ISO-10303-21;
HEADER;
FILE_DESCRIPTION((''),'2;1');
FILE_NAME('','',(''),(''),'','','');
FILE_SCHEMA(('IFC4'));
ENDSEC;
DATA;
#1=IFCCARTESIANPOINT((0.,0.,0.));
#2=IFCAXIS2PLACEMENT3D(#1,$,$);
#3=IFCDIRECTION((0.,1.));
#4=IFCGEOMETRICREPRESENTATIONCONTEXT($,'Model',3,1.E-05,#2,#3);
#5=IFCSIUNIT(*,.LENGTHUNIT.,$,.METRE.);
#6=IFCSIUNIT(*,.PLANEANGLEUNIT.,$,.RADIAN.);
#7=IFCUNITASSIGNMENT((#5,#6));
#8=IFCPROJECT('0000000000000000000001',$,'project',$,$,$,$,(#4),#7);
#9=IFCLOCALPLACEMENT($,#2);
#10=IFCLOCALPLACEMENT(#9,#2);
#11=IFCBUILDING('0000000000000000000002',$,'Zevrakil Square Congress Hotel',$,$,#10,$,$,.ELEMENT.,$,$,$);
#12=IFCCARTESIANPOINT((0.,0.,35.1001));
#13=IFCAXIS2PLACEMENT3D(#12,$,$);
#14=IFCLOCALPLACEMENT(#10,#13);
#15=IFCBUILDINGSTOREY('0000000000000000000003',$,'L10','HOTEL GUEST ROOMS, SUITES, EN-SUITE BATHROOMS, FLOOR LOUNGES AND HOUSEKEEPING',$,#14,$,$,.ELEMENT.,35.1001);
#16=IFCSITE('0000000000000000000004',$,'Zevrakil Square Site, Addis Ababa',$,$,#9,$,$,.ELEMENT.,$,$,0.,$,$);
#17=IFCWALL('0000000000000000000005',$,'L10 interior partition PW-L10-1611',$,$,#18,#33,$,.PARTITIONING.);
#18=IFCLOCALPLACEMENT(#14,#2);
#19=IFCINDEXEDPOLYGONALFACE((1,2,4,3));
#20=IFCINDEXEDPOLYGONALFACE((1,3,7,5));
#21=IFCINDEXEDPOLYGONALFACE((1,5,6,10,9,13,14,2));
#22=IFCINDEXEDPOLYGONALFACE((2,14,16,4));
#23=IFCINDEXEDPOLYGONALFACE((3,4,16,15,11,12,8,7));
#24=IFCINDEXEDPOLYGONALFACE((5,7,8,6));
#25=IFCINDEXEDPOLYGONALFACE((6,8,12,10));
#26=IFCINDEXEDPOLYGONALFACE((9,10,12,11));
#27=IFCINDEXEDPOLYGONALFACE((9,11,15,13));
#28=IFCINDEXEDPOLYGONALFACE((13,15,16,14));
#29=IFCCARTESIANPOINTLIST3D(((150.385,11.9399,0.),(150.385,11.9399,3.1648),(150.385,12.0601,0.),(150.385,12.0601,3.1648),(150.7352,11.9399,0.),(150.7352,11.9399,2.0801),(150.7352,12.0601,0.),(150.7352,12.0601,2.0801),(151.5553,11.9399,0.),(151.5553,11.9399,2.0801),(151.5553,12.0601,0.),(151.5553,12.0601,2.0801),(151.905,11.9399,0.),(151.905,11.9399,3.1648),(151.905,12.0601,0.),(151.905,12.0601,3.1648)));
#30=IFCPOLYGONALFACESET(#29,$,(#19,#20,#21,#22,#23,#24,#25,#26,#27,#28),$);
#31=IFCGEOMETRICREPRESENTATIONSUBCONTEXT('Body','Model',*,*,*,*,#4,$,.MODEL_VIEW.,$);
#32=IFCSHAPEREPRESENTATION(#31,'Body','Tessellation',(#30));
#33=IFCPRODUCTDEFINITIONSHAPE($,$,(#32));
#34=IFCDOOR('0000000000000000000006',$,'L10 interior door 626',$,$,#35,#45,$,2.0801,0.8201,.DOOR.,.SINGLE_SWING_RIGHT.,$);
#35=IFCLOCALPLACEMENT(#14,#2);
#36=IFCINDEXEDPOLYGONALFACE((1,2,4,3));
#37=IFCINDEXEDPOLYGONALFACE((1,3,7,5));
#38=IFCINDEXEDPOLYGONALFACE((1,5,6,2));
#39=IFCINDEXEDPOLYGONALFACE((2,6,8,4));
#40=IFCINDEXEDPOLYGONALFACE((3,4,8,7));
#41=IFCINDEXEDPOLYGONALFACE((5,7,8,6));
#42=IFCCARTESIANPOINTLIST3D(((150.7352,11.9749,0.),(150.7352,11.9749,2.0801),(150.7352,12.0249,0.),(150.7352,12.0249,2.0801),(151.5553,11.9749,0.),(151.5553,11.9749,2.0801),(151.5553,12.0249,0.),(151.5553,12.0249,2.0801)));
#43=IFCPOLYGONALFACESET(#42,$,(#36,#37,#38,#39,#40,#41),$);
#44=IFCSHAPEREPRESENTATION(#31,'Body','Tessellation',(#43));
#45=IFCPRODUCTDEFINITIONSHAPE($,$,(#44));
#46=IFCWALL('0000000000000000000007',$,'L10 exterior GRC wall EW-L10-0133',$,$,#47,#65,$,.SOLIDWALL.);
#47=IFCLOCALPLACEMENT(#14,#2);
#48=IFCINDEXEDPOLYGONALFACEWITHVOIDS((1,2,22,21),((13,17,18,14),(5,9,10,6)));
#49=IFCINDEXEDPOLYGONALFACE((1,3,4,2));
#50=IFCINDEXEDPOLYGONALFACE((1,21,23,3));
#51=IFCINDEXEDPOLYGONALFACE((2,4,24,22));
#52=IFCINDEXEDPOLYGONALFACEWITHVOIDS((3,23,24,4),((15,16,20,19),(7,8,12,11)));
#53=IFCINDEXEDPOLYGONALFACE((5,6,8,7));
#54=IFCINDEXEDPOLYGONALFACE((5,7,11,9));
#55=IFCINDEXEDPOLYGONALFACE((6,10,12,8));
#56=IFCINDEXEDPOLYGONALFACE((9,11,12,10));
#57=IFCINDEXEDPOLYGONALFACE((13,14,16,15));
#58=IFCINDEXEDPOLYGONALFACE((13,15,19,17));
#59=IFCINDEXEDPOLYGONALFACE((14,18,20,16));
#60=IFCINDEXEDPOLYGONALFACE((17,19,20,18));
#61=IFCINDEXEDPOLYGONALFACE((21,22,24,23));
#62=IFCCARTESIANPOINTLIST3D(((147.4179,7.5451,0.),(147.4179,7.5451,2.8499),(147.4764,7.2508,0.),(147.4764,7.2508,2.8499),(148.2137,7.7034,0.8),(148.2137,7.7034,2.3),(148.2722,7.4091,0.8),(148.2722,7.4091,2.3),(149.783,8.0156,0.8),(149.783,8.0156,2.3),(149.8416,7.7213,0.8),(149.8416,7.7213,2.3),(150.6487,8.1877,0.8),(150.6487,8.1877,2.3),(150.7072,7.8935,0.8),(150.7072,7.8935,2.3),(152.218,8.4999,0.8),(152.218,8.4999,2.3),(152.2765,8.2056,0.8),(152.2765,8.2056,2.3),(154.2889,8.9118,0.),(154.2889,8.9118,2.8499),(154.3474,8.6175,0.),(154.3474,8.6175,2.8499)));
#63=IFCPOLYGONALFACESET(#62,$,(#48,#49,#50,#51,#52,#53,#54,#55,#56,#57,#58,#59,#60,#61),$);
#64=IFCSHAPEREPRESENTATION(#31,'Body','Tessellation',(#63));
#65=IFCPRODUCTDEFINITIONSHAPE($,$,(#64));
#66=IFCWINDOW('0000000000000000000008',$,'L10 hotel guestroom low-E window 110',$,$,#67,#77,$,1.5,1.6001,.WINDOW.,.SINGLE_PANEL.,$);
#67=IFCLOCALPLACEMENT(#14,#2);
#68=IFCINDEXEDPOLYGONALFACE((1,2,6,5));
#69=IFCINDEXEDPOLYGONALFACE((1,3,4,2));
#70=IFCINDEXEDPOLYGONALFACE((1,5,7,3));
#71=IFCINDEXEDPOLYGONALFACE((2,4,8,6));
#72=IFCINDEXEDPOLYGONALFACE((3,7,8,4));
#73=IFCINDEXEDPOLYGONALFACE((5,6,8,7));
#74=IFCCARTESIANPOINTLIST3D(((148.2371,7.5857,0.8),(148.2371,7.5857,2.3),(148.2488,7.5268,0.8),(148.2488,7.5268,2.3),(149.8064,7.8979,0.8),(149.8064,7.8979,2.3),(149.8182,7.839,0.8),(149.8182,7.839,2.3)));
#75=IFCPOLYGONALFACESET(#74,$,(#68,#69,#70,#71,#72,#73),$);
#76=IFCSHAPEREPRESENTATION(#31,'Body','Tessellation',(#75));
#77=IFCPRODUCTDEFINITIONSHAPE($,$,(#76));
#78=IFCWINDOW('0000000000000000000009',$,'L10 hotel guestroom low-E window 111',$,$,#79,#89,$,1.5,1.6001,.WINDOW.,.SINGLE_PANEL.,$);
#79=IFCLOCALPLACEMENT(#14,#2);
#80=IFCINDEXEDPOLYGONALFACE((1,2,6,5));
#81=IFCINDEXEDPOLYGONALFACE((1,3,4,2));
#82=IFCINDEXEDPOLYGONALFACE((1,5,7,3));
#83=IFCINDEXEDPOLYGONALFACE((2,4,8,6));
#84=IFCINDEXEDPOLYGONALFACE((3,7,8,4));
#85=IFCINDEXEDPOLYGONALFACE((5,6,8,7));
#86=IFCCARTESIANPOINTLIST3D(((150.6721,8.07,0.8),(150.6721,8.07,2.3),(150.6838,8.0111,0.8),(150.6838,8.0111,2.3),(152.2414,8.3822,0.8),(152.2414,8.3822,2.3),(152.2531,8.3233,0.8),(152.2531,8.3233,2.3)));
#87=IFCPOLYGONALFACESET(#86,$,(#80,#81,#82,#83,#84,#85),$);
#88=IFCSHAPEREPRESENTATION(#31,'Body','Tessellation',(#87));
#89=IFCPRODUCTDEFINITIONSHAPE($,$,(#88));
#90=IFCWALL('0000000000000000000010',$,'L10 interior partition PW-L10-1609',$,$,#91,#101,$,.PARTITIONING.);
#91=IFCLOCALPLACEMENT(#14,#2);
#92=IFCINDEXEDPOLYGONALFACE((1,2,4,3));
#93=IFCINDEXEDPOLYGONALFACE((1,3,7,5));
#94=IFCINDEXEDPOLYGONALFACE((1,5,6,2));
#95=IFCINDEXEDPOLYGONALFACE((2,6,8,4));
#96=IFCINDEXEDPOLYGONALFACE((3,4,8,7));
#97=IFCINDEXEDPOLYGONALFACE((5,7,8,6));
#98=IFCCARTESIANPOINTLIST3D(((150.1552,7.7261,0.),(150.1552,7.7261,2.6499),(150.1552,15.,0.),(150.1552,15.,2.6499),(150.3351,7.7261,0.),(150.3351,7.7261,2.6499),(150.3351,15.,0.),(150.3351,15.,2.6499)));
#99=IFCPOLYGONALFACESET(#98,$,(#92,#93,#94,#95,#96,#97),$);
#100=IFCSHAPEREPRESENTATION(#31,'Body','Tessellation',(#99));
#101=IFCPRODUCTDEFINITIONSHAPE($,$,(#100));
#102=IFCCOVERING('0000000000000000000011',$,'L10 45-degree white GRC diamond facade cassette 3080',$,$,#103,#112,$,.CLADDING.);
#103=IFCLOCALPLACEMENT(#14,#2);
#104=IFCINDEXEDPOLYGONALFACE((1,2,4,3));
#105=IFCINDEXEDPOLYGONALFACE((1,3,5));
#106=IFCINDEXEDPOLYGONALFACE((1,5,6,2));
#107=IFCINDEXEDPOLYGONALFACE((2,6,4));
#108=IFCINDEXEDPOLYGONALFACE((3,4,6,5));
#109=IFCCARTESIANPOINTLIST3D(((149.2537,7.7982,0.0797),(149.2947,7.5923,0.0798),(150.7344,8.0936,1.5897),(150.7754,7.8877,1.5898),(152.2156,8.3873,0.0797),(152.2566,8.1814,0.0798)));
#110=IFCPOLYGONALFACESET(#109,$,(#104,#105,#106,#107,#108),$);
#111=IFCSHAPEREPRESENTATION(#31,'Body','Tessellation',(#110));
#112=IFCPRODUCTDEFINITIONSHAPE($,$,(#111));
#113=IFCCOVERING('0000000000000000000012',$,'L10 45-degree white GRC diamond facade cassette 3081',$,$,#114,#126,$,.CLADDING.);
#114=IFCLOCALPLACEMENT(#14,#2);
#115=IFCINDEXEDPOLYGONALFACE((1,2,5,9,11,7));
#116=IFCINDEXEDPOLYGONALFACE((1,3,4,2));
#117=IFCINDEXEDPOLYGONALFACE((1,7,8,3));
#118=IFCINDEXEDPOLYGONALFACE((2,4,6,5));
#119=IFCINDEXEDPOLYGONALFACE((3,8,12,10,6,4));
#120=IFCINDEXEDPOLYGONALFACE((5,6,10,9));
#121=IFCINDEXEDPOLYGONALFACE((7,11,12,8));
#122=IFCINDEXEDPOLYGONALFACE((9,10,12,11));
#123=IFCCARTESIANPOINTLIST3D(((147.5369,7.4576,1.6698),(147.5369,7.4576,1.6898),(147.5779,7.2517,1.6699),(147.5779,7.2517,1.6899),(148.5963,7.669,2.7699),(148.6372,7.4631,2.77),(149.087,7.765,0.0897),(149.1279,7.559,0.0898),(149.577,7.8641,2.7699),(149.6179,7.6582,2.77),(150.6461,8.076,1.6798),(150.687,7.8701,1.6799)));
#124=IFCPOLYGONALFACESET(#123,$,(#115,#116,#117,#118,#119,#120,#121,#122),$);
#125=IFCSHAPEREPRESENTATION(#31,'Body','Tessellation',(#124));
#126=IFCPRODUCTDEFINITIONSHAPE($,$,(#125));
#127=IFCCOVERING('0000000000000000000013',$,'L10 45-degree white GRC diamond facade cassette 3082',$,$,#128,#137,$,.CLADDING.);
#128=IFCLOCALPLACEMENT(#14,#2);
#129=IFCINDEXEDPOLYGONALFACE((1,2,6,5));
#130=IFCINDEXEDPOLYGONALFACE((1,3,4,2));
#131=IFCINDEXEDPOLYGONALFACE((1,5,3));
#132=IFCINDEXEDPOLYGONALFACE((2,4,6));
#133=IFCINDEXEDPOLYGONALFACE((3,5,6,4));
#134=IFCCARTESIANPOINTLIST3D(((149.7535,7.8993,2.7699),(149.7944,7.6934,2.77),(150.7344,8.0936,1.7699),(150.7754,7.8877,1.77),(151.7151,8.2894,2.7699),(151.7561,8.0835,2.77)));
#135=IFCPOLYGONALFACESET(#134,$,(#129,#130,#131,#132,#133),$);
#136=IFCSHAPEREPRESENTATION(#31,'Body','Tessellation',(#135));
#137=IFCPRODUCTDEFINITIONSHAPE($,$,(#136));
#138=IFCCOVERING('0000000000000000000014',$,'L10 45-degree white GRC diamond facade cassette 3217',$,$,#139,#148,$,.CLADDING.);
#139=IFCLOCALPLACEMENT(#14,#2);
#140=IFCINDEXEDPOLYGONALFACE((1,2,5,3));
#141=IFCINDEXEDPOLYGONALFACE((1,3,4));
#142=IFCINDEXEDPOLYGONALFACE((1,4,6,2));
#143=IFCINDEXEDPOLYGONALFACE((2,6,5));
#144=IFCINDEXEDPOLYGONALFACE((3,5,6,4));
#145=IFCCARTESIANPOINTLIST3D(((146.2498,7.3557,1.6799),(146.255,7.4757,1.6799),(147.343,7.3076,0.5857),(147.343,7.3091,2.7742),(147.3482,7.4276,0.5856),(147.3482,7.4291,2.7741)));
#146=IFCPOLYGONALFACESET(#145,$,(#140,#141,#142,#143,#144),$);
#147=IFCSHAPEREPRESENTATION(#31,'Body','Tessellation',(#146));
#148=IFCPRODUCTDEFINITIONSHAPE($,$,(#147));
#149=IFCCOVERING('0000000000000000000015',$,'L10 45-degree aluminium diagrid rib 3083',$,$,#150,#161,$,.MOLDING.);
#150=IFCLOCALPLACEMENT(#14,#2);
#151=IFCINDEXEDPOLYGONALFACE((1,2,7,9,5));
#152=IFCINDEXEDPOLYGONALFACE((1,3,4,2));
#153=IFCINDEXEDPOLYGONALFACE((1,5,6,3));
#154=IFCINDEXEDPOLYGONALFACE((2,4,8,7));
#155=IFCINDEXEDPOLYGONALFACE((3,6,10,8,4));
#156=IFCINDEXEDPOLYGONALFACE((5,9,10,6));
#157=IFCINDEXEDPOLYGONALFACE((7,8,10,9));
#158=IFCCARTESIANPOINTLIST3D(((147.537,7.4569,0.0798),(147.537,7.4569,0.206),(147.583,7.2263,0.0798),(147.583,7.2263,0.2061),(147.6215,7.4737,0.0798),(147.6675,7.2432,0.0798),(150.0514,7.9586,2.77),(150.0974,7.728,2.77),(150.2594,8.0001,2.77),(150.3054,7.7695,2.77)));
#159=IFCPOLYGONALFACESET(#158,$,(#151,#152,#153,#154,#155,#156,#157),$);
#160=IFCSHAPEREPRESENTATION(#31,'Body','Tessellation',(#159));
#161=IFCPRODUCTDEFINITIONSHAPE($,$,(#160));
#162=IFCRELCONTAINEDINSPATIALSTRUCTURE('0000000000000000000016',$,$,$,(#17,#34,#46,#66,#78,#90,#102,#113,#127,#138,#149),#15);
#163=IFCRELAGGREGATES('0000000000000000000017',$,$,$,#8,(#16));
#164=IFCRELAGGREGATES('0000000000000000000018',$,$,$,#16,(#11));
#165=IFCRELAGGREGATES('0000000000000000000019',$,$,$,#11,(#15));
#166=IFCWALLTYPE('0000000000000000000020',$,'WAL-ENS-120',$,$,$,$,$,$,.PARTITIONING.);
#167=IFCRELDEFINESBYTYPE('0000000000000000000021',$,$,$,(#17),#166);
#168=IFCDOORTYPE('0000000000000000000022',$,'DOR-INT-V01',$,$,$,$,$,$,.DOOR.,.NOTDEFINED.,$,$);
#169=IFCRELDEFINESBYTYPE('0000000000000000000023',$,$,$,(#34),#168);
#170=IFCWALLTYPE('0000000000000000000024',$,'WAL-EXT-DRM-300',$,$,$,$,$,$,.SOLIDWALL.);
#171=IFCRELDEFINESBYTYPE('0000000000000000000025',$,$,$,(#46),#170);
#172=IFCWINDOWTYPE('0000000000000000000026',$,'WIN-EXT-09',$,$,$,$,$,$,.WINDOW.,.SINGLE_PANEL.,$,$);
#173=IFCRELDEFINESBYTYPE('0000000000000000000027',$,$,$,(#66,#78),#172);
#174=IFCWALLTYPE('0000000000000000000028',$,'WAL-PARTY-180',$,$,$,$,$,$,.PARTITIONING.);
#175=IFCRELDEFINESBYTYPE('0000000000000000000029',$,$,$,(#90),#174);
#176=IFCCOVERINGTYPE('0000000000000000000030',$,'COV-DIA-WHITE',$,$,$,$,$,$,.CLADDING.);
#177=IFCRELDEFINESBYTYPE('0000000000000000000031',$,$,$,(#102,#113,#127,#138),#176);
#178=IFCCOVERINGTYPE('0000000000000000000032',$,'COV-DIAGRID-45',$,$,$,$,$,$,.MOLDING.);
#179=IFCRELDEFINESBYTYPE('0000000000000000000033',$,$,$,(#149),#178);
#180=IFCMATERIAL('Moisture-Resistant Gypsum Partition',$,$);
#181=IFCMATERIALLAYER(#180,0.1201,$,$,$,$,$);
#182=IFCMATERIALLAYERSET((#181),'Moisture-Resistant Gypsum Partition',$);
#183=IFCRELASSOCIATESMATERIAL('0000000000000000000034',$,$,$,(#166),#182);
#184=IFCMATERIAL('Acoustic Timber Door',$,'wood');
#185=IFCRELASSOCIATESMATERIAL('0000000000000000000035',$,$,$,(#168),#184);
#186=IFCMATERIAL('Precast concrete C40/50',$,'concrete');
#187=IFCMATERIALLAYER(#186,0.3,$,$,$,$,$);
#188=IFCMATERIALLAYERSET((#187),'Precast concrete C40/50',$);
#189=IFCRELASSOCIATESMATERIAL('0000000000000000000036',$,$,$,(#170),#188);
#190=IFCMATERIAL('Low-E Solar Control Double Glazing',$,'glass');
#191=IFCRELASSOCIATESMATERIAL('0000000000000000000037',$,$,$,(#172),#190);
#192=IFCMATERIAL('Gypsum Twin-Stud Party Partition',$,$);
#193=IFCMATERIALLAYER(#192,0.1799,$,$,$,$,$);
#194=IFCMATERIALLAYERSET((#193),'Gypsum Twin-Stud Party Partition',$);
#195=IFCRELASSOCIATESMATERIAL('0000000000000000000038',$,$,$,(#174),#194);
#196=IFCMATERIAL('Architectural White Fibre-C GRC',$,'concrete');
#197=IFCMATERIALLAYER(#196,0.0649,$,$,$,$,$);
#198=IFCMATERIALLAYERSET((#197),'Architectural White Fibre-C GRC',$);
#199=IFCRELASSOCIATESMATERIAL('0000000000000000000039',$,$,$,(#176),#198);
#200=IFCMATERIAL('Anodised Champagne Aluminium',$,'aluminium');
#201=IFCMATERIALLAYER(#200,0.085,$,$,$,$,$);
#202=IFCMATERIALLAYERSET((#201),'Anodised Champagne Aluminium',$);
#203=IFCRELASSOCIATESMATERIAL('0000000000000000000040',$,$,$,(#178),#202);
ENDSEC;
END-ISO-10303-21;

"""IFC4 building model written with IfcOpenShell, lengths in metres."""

from ifc_helpers import new_model, si_unit, direction, frame, frame_2d, origin, place, context, subcontext, project, spatial, polyline, rectangle, outline, extrude, material, layer, layer_set, type_object, element, fill, save


model = new_model("IFC4")

# Units and contexts
model_context = context("Model", 3, precision=1e-05, world=origin(), true_north=direction((0.0, 1.0)))
body_context = subcontext(model_context, "Body", "Model", "MODEL_VIEW")
ifc_project = project(units=[si_unit("LENGTHUNIT", "METRE"), si_unit("PLANEANGLEUNIT", "RADIAN")], contexts=[model_context])

# Site, building, storey
site_placement = place(None, origin())
site = spatial("IfcSite", under=ifc_project, at=site_placement, Name="Zevrakil Square Site, Addis Ababa", CompositionType="ELEMENT", RefElevation=0.0)
building_placement = place(site_placement, origin())
building = spatial("IfcBuilding", under=site, at=building_placement, Name="Zevrakil Square Congress Hotel", CompositionType="ELEMENT")
storey_placement = place(building_placement, frame((0.0, 0.0, 35.1001)))
storey = spatial("IfcBuildingStorey", under=building, at=storey_placement, Name="L10", Description="HOTEL GUEST ROOMS, SUITES, EN-SUITE BATHROOMS, FLOOR LOUNGES AND HOUSEKEEPING", CompositionType="ELEMENT", Elevation=35.1001)

# Shared definitions
ifc_material_1 = material(Name="Moisture-Resistant Gypsum Partition")
ifc_layer_1 = layer(ifc_material_1, 0.1201)
ifc_layer_set_1 = layer_set([ifc_layer_1], Name="Moisture-Resistant Gypsum Partition")
wall_type_1 = type_object("IfcWallType", Name="WAL-ENS-120", PredefinedType="PARTITIONING", material=ifc_layer_set_1)
ifc_material_2 = material(Name="Acoustic Timber Door", Category="wood")
door_type = type_object("IfcDoorType", Name="DOR-INT-V01", OperationType="NOTDEFINED", PredefinedType="DOOR", material=ifc_material_2)

# Wall, opening, door
wall_1_placement = place(storey_placement, frame((150.385, 12.0, 0.0), z_axis=(0.0, 0.0, 1.0), x_axis=(1.0, 0.0, 0.0)))
wall_1 = element("IfcWall", 1, at=wall_1_placement, inside=storey, type_object=wall_type_1, Name="L10 interior partition PW-L10-1611", PredefinedType="PARTITIONING", context=body_context, shape_type="SweptSolid", body=[
    extrude(rectangle(XDim=1.52, YDim=0.1201, at=frame_2d((0.76, 0.0))), origin(), (0.0, 0.0, 1.0), 3.1648),
])
opening_1_placement = place(wall_1_placement, frame((0.3501, 0.0, 0.0)))
opening_1 = element("IfcOpeningElement", 2, at=opening_1_placement, cuts=wall_1, PredefinedType="OPENING", context=body_context, shape_type="SweptSolid", body=[
    extrude(rectangle(XDim=0.8201, YDim=2.0801, at=frame_2d((0.4102, 1.04))), frame((0.0, 0.0701, 0.0), z_axis=(0.0, -1.0, 0.0), x_axis=(1.0, 0.0, 0.0)), (0.0, 0.0, 1.0), 0.1401),
])
door_1_placement = place(opening_1_placement, origin())
door_1 = element("IfcDoor", 3, at=door_1_placement, inside=storey, type_object=door_type, Name="L10 interior door 626", OperationType="SINGLE_SWING_RIGHT", OverallHeight=2.0801, OverallWidth=0.8201, PredefinedType="DOOR", context=body_context, shape_type="SweptSolid", body=[
    extrude(rectangle(XDim=0.8201, YDim=2.0801, at=frame_2d((0.4102, 1.04))), frame((0.0, 0.0249, 0.0), z_axis=(0.0, -1.0, 0.0), x_axis=(1.0, 0.0, 0.0)), (0.0, 0.0, 1.0), 0.05),
])
fill(opening_1, door_1)

# Wall, openings, windows
ifc_material_3 = material(Name="Precast concrete C40/50", Category="concrete")
ifc_layer_2 = layer(ifc_material_3, 0.3)
ifc_layer_set_2 = layer_set([ifc_layer_2], Name="Precast concrete C40/50")
wall_type_2 = type_object("IfcWallType", Name="WAL-EXT-DRM-300", PredefinedType="SOLIDWALL", material=ifc_layer_set_2)
wall_2_placement = place(storey_placement, frame((147.447, 7.3979, 0.0), z_axis=(0.0, 0.0, 1.0), x_axis=(0.980787, 0.195084, 0.0)))
wall_2 = element("IfcWall", 4, at=wall_2_placement, inside=storey, type_object=wall_type_2, Name="L10 exterior GRC wall EW-L10-0133", PredefinedType="SOLIDWALL", context=body_context, shape_type="SweptSolid", body=[
    extrude(rectangle(XDim=7.0056, YDim=0.3, at=frame_2d((3.5029, 0.0))), origin(), (0.0, 0.0, 1.0), 2.8499),
])
opening_2_placement = place(wall_2_placement, frame((0.8115, 0.0, 0.8)))
opening_2 = element("IfcOpeningElement", 5, at=opening_2_placement, cuts=wall_2, PredefinedType="OPENING", context=body_context, shape_type="SweptSolid", body=[
    extrude(rectangle(XDim=1.6001, YDim=1.5, at=frame_2d((0.8, 0.75))), frame((0.0, 0.1602, 0.0), z_axis=(0.0, -1.0, 0.0), x_axis=(1.0, 0.0, 0.0)), (0.0, 0.0, 1.0), 0.3201),
])
opening_3_placement = place(wall_2_placement, frame((3.2942, 0.0, 0.8)))
opening_3 = element("IfcOpeningElement", 6, at=opening_3_placement, cuts=wall_2, PredefinedType="OPENING", context=body_context, shape_type="SweptSolid", body=[
    extrude(rectangle(XDim=1.6001, YDim=1.5, at=frame_2d((0.8, 0.75))), frame((0.0, 0.1602, 0.0), z_axis=(0.0, -1.0, 0.0), x_axis=(1.0, 0.0, 0.0)), (0.0, 0.0, 1.0), 0.3201),
])
ifc_material_4 = material(Name="Low-E Solar Control Double Glazing", Category="glass")
window_type = type_object("IfcWindowType", Name="WIN-EXT-09", PartitioningType="SINGLE_PANEL", PredefinedType="WINDOW", material=ifc_material_4)
window_1_placement = place(opening_2_placement, origin())
window_1 = element("IfcWindow", 7, at=window_1_placement, inside=storey, type_object=window_type, Name="L10 hotel guestroom low-E window 110", OverallHeight=1.5, OverallWidth=1.6001, PartitioningType="SINGLE_PANEL", PredefinedType="WINDOW", context=body_context, shape_type="SweptSolid", body=[
    extrude(rectangle(XDim=1.6001, YDim=1.5, at=frame_2d((0.8, 0.75))), frame((0.0, 0.03, 0.0), z_axis=(0.0, -1.0, 0.0), x_axis=(1.0, 0.0, 0.0)), (0.0, 0.0, 1.0), 0.0601),
])
fill(opening_2, window_1)
window_2_placement = place(opening_3_placement, origin())
window_2 = element("IfcWindow", 8, at=window_2_placement, inside=storey, type_object=window_type, Name="L10 hotel guestroom low-E window 111", OverallHeight=1.5, OverallWidth=1.6001, PartitioningType="SINGLE_PANEL", PredefinedType="WINDOW", context=body_context, shape_type="SweptSolid", body=[
    extrude(rectangle(XDim=1.6001, YDim=1.5, at=frame_2d((0.8, 0.75))), frame((0.0, 0.03, 0.0), z_axis=(0.0, -1.0, 0.0), x_axis=(1.0, 0.0, 0.0)), (0.0, 0.0, 1.0), 0.0601),
])
fill(opening_3, window_2)

# Wall
ifc_material_5 = material(Name="Gypsum Twin-Stud Party Partition")
ifc_layer_3 = layer(ifc_material_5, 0.1799)
ifc_layer_set_3 = layer_set([ifc_layer_3], Name="Gypsum Twin-Stud Party Partition")
wall_type_3 = type_object("IfcWallType", Name="WAL-PARTY-180", PredefinedType="PARTITIONING", material=ifc_layer_set_3)
wall_3_placement = place(storey_placement, frame((150.2451, 7.7261, 0.0), z_axis=(0.0, 0.0, 1.0), x_axis=(0.0, 1.0, 0.0)))
element("IfcWall", 9, at=wall_3_placement, inside=storey, type_object=wall_type_3, Name="L10 interior partition PW-L10-1609", PredefinedType="PARTITIONING", context=body_context, shape_type="SweptSolid", body=[
    extrude(rectangle(XDim=7.2739, YDim=0.1799, at=frame_2d((3.637, 0.0))), origin(), (0.0, 0.0, 1.0), 2.6499),
])

# Coverings
ifc_material_6 = material(Name="Architectural White Fibre-C GRC", Category="concrete")
ifc_layer_4 = layer(ifc_material_6, 0.0649)
ifc_layer_set_4 = layer_set([ifc_layer_4], Name="Architectural White Fibre-C GRC")
covering_type_1 = type_object("IfcCoveringType", Name="COV-DIA-WHITE", PredefinedType="CLADDING", material=ifc_layer_set_4)
covering_1_placement = place(storey_placement, frame((150.7754, 7.8877, 1.5898), z_axis=(0.195074, -0.980788, 0.000587), x_axis=(0.69361, 0.137533, -0.7071)))
element("IfcCovering", 10, at=covering_1_placement, inside=storey, type_object=covering_type_1, Name="L10 45-degree white GRC diamond facade cassette 3080", PredefinedType="CLADDING", context=body_context, shape_type="SweptSolid", body=[
    extrude(outline(polyline([(0.0, 0.0), (2.1355, 0.0), (0.0001, -2.1354), (0.0, 0.0)])), origin(), (0.0, 0.0, -1.0), 0.21),
])
covering_2_placement = place(storey_placement, frame((150.687, 7.8701, 1.6799), z_axis=(0.195079, -0.980787, 0.000611), x_axis=(-0.693375, -0.138354, -0.70717)))
element("IfcCovering", 11, at=covering_2_placement, inside=storey, type_object=covering_type_1, Name="L10 45-degree white GRC diamond facade cassette 3081", PredefinedType="CLADDING", context=body_context, shape_type="SweptSolid", body=[
    extrude(outline(polyline([(0.0, 0.0), (2.2485, 0.0), (2.2484, -2.2347), (2.2343, -2.2488), (0.7067, -2.2486), (-0.0003, -1.5415), (0.0, 0.0)])), origin(), (0.0, 0.0, -1.0), 0.21),
])
covering_3_placement = place(storey_placement, frame((150.7754, 7.8877, 1.77), z_axis=(0.19506, -0.980791, 0.000742), x_axis=(-0.693634, -0.137415, 0.707099)))
element("IfcCovering", 12, at=covering_3_placement, inside=storey, type_object=covering_type_1, Name="L10 45-degree white GRC diamond facade cassette 3082", PredefinedType="CLADDING", context=body_context, shape_type="SweptSolid", body=[
    extrude(outline(polyline([(0.0, 0.0), (1.4142, 0.0), (-0.0001, -1.4143), (0.0, 0.0)])), origin(), (0.0, 0.0, -1.0), 0.21),
])
covering_4_placement = place(storey_placement, frame((146.2498, 7.3557, 1.6799), z_axis=(-0.043282, -0.999063, 0.000669), x_axis=(0.70647, -0.030133, 0.707101)))
element("IfcCovering", 13, at=covering_4_placement, inside=storey, type_object=covering_type_1, Name="L10 45-degree white GRC diamond facade cassette 3217", PredefinedType="CLADDING", context=body_context, shape_type="SweptSolid", body=[
    extrude(outline(polyline([(0.0, 0.0), (1.5475, 0.0), (0.0001, -1.5475), (0.0, 0.0)])), origin(), (0.0, 0.0, -1.0), 0.1201),
])
ifc_material_7 = material(Name="Anodised Champagne Aluminium", Category="aluminium")
ifc_layer_5 = layer(ifc_material_7, 0.085)
ifc_layer_set_5 = layer_set([ifc_layer_5], Name="Anodised Champagne Aluminium")
covering_type_2 = type_object("IfcCoveringType", Name="COV-DIAGRID-45", PredefinedType="MOLDING", material=ifc_layer_set_5)
covering_5_placement = place(storey_placement, frame((147.6675, 7.2432, 0.0798), z_axis=(0.195653, -0.980673, 0.000024), x_axis=(-0.980673, -0.195653, 0.0)))
element("IfcCovering", 14, at=covering_5_placement, inside=storey, type_object=covering_type_2, Name="L10 45-degree aluminium diagrid rib 3083", PredefinedType="MOLDING", context=body_context, shape_type="SweptSolid", body=[
    extrude(outline(polyline([(0.0, 0.0), (0.0861, 0.0), (0.0861, -0.1262), (-2.4778, -2.6902), (-2.6899, -2.6902), (0.0, 0.0)])), origin(), (0.0, 0.0, -1.0), 0.2351),
])

save(model, "model.ifc")
